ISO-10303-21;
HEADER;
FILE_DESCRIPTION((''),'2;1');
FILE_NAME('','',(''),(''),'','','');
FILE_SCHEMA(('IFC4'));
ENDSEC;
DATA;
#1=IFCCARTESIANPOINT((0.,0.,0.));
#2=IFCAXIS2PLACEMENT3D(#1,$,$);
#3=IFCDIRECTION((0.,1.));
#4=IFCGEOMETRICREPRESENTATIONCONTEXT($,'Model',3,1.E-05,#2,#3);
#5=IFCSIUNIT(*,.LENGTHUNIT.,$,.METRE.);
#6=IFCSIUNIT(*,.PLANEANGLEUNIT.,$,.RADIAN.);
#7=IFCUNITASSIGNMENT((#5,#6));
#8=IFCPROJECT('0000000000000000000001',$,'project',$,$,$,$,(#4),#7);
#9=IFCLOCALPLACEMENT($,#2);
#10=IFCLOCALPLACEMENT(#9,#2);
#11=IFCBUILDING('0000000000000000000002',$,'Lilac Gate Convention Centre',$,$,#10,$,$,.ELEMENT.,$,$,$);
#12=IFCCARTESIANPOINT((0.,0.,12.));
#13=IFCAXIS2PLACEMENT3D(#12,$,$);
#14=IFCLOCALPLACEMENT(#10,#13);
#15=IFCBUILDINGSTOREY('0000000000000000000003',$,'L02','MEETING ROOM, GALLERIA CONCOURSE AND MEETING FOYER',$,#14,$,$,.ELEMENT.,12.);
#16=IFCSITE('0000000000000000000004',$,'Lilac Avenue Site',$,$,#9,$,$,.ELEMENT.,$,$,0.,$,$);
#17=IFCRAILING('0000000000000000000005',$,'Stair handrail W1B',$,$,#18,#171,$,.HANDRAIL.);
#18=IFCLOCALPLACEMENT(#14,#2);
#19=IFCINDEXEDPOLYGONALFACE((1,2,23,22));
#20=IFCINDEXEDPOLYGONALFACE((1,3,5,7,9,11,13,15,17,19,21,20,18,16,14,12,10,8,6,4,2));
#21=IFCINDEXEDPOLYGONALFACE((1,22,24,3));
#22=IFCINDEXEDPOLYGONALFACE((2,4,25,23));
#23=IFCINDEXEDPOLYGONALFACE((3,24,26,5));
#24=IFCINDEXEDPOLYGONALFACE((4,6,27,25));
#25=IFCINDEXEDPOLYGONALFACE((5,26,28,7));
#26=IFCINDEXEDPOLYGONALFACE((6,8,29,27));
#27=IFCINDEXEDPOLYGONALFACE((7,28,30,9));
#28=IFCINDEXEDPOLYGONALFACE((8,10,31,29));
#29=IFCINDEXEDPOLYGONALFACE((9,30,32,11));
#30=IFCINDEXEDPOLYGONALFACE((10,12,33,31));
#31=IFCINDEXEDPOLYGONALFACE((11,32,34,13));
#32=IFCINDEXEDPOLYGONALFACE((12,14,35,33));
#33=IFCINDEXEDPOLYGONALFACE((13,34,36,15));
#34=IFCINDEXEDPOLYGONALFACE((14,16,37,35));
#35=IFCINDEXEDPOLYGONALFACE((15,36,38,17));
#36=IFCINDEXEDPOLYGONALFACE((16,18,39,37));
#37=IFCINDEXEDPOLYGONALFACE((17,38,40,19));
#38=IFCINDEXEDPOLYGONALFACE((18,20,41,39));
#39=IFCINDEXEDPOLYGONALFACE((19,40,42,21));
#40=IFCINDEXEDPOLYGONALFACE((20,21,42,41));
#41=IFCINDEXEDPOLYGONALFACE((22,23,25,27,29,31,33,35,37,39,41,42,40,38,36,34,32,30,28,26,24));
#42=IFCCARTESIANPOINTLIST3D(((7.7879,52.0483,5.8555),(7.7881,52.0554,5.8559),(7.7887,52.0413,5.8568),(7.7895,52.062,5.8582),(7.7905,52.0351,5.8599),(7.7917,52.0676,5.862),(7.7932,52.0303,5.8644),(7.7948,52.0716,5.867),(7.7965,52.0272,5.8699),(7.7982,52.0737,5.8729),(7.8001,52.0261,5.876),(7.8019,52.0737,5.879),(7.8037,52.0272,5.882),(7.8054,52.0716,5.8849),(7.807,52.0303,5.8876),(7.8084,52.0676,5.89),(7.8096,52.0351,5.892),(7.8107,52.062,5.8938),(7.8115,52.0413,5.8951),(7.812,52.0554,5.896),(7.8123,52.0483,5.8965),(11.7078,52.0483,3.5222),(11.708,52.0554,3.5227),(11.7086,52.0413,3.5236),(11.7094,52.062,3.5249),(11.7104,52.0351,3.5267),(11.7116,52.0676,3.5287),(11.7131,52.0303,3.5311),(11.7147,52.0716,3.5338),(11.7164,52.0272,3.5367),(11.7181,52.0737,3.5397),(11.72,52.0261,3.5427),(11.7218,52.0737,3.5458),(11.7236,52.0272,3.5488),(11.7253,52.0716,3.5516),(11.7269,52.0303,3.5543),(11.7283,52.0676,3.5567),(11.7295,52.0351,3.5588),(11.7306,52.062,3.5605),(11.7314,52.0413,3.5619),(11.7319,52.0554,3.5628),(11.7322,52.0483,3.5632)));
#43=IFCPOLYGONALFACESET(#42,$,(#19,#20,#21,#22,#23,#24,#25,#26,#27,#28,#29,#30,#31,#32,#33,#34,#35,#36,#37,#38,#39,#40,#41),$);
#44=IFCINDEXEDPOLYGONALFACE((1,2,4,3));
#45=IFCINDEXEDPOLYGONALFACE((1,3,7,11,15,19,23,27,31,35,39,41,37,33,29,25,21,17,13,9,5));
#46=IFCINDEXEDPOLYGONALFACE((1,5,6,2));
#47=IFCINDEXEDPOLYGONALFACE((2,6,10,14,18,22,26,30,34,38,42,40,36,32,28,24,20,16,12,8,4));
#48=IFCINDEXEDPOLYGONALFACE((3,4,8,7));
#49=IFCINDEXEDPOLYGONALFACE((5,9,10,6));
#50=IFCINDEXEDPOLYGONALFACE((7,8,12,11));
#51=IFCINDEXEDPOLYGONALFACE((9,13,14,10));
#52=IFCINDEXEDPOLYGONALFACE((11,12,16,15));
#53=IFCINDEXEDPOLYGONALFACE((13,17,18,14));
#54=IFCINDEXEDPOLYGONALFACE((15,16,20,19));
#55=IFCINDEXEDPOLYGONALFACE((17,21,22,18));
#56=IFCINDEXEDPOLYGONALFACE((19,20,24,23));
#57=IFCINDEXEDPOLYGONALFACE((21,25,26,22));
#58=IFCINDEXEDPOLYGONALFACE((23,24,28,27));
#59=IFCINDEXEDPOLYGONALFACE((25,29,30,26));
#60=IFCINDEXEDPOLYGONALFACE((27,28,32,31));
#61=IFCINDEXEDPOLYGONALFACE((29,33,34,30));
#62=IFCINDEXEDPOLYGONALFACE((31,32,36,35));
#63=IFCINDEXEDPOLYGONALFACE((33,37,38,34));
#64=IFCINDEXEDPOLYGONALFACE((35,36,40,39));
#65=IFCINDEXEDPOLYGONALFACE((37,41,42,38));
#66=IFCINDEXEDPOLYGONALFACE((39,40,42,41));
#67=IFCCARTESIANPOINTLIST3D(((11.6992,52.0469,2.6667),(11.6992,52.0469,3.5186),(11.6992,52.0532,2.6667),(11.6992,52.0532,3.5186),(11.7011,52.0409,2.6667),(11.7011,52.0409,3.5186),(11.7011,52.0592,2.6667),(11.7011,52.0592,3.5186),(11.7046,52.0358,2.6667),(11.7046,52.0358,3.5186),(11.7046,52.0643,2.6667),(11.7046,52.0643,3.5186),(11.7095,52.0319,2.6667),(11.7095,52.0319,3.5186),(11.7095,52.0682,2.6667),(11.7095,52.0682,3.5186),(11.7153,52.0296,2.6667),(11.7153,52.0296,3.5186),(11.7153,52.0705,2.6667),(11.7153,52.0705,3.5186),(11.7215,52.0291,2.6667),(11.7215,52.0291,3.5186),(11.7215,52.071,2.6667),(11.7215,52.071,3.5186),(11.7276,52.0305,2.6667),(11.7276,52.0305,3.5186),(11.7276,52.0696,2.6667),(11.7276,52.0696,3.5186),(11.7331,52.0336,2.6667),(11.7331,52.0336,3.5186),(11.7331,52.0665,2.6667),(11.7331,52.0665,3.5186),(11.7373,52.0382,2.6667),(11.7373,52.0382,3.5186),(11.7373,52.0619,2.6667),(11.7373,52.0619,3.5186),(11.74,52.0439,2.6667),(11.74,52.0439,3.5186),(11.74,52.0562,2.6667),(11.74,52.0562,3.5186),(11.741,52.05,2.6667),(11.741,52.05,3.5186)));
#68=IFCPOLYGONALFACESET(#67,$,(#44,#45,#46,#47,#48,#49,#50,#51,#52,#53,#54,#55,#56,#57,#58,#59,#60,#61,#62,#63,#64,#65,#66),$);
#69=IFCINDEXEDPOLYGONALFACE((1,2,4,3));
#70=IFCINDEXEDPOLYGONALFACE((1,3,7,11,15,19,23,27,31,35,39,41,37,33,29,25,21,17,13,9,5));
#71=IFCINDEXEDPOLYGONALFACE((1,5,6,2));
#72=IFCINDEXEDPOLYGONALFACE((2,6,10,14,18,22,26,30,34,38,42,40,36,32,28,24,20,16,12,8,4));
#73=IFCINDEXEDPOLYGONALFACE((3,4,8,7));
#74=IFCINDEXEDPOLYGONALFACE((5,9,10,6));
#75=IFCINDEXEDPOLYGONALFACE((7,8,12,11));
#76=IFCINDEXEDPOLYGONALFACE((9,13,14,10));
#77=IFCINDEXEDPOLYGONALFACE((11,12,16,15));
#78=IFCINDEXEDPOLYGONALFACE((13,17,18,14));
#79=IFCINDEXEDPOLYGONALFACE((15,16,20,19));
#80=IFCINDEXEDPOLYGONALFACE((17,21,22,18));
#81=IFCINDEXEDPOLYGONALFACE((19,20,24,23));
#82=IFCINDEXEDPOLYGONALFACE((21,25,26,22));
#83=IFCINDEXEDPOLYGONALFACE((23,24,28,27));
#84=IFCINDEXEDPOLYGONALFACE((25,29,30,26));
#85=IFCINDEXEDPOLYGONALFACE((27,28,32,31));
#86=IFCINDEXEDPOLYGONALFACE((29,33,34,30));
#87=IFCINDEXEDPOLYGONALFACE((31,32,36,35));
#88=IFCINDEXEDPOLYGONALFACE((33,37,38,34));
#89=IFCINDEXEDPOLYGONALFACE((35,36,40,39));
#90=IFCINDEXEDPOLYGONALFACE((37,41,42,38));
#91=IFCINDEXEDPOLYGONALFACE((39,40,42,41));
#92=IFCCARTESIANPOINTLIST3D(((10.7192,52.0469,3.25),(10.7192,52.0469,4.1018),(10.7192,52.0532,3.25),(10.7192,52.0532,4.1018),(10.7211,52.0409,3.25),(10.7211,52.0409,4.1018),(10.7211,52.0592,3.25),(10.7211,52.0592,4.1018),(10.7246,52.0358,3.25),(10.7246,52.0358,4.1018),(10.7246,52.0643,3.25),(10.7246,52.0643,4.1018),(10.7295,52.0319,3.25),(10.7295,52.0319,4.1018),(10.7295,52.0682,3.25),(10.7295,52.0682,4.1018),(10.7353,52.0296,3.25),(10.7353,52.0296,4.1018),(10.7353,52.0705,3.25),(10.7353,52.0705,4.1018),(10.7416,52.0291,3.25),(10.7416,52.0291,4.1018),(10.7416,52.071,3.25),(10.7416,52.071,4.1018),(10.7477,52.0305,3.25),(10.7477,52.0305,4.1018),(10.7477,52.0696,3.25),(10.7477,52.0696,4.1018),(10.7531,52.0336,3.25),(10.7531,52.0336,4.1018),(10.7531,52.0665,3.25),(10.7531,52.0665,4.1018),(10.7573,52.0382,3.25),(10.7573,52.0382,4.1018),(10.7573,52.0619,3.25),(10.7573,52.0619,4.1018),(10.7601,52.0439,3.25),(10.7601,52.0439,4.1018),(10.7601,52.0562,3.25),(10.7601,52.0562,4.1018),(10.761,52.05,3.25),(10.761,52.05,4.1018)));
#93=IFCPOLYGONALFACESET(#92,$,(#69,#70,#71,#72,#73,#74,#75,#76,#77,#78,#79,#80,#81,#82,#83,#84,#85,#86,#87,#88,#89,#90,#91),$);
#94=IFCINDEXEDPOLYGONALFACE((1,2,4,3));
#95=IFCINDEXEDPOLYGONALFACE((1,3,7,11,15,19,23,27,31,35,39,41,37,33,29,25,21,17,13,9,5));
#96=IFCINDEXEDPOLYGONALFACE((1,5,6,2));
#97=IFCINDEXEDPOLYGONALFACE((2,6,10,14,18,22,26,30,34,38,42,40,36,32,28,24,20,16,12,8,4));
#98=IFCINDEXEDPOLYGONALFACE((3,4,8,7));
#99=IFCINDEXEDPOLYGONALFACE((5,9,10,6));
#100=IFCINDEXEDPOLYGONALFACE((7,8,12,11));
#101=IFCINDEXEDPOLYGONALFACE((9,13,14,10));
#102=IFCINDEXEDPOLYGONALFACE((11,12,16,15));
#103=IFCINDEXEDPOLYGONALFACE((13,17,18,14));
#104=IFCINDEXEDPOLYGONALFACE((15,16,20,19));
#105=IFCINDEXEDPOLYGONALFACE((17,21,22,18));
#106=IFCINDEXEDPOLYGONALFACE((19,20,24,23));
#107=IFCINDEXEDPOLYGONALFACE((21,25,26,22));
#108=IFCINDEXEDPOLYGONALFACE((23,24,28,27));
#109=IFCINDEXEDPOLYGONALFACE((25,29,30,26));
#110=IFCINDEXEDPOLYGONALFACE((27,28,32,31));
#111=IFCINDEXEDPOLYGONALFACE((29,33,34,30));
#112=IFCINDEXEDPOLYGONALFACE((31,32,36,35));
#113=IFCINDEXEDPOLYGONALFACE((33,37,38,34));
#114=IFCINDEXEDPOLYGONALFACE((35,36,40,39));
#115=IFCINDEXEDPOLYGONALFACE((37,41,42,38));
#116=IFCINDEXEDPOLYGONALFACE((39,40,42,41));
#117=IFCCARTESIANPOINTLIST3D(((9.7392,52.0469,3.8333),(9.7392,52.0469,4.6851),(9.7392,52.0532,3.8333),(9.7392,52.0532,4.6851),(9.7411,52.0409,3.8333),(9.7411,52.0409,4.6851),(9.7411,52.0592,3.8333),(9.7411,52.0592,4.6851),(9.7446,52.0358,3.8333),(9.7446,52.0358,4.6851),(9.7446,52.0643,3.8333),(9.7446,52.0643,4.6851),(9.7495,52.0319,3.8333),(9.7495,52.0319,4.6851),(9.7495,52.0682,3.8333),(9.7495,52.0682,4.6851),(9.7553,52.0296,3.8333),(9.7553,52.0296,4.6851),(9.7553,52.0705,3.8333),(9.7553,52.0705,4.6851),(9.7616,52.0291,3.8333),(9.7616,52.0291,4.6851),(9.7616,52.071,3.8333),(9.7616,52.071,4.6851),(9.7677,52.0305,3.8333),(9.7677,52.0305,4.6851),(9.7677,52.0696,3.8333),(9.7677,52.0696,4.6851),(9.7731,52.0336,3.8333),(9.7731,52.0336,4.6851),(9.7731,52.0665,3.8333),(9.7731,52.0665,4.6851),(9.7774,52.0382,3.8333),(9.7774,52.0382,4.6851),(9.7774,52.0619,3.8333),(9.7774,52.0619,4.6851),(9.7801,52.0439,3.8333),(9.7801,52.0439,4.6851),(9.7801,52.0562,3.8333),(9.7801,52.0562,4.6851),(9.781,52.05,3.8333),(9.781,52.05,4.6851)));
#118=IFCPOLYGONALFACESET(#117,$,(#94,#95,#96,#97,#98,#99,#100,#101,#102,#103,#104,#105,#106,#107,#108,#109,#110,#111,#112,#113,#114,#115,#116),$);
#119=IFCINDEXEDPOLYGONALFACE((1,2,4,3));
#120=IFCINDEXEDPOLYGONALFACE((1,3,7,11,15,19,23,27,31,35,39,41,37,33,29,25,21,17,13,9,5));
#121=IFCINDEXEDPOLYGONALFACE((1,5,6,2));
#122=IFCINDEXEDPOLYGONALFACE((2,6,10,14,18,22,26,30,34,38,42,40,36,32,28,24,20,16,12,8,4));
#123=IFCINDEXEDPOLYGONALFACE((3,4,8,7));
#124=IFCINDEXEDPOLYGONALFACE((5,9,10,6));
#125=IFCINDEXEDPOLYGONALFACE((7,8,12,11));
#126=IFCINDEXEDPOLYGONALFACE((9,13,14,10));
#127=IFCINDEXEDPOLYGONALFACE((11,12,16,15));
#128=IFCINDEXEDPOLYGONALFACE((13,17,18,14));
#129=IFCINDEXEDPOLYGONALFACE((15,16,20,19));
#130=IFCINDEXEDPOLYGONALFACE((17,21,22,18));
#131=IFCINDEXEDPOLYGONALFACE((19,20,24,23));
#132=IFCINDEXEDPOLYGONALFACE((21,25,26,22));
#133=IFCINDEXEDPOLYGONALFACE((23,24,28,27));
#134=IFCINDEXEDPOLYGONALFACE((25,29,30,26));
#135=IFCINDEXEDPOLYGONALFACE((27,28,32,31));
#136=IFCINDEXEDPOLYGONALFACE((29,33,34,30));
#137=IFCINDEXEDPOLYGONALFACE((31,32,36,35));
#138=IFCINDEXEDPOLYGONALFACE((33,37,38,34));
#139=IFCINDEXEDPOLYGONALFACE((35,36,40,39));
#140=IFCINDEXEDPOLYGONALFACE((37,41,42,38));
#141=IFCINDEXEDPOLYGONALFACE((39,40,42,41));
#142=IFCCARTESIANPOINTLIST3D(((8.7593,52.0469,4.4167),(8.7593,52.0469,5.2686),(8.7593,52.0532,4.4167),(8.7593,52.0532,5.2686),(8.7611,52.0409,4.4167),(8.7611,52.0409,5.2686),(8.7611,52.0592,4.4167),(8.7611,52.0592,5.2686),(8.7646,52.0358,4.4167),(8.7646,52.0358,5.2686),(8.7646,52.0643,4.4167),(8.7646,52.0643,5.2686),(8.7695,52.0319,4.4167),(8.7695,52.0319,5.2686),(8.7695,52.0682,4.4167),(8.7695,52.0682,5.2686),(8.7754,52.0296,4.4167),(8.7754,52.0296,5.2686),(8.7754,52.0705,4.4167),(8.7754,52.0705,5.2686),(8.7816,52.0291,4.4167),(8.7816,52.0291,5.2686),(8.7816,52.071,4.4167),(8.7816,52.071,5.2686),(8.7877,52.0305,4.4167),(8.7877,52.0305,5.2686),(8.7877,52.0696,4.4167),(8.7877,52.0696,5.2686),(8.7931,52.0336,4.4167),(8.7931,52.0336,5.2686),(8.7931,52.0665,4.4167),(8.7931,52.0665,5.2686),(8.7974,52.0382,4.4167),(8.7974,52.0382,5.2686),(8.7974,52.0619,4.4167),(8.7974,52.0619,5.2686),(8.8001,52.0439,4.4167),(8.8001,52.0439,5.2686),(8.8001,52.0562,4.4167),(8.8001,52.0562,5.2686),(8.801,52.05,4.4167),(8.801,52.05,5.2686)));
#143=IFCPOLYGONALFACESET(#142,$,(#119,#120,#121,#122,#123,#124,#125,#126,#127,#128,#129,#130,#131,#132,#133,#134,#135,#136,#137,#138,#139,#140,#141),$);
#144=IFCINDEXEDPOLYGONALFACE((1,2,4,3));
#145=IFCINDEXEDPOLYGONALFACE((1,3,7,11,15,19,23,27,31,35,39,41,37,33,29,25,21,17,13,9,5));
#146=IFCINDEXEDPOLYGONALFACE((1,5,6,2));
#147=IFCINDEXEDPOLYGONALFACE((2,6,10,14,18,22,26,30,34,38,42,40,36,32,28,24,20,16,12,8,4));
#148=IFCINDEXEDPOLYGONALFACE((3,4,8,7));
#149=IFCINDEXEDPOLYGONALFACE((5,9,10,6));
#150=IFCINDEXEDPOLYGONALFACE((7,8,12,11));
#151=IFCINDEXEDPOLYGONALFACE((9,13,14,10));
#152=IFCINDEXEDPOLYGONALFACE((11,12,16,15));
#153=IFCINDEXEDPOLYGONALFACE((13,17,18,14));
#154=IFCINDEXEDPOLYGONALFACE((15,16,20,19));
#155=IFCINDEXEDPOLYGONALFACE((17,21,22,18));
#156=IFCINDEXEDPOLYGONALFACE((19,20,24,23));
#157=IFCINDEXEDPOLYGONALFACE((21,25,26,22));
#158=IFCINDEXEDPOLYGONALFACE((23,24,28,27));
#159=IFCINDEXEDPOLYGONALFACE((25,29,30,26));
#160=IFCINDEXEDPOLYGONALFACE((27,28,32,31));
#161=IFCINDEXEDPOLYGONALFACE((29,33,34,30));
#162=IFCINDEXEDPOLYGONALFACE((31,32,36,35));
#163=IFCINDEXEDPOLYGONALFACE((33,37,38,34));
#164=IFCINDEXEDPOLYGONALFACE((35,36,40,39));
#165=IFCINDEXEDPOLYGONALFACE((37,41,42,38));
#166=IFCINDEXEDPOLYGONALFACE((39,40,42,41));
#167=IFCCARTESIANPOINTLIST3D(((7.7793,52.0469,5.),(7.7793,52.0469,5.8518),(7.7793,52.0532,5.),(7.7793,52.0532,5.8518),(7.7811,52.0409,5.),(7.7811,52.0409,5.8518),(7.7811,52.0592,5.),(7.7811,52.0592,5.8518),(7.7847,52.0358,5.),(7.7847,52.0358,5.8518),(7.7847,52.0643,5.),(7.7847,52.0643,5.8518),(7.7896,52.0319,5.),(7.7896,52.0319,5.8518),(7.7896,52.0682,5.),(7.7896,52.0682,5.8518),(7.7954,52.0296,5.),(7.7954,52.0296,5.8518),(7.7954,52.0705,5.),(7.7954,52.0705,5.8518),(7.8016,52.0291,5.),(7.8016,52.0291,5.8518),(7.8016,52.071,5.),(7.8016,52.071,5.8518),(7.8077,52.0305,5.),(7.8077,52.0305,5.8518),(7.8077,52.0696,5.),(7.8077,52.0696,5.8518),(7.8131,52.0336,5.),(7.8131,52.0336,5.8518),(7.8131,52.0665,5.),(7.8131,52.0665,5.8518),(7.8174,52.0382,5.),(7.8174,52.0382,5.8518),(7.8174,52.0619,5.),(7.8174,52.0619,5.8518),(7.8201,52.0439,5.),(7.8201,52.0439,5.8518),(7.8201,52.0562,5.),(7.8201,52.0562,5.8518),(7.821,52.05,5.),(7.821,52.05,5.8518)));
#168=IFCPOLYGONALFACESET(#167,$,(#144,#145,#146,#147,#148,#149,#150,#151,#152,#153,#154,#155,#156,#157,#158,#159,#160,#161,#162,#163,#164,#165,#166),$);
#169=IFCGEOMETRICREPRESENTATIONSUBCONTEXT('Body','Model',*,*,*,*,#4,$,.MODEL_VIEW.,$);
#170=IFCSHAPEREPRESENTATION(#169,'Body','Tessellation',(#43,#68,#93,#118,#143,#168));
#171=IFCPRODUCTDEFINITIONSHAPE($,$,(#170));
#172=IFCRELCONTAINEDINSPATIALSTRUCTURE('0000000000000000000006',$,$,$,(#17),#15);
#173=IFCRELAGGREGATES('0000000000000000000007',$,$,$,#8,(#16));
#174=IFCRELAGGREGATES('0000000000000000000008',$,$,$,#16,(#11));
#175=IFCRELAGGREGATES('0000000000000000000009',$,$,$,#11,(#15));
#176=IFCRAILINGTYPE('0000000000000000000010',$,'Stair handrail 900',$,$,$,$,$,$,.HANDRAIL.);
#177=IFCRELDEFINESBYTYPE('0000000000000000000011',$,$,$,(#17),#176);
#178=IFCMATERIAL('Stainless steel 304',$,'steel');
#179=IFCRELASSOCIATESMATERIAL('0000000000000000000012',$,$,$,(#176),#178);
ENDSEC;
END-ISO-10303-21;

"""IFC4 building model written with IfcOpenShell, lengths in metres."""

from ifc_helpers import new_model, si_unit, direction, frame, origin, origin_2d, place, context, subcontext, project, spatial, circle, extrude, material, type_object, element, save


model = new_model("IFC4")

# Units and contexts
model_context = context("Model", 3, precision=1e-05, world=origin(), true_north=direction((0.0, 1.0)))
body_context = subcontext(model_context, "Body", "Model", "MODEL_VIEW")
ifc_project = project(units=[si_unit("LENGTHUNIT", "METRE"), si_unit("PLANEANGLEUNIT", "RADIAN")], contexts=[model_context])

# Site, building, storey
site_placement = place(None, origin())
site = spatial("IfcSite", under=ifc_project, at=site_placement, Name="Lilac Avenue Site", CompositionType="ELEMENT", RefElevation=0.0)
building_placement = place(site_placement, origin())
building = spatial("IfcBuilding", under=site, at=building_placement, Name="Lilac Gate Convention Centre", CompositionType="ELEMENT")
storey_placement = place(building_placement, frame((0.0, 0.0, 12.0)))
storey = spatial("IfcBuildingStorey", under=building, at=storey_placement, Name="L02", Description="MEETING ROOM, GALLERIA CONCOURSE AND MEETING FOYER", CompositionType="ELEMENT", Elevation=12.0)

# Railing
ifc_material_1 = material(Name="Stainless steel 304", Category="steel")
railing_type = type_object("IfcRailingType", Name="Stair handrail 900", PredefinedType="HANDRAIL", material=ifc_material_1)
for number, where, name in (
    (1, (11.72, 52.05, 2.6667), "Stair handrail W1B"),
):
    element("IfcRailing", number, at=place(storey_placement, frame(where)), inside=storey, type_object=railing_type, Name=name, PredefinedType="HANDRAIL", context=body_context, shape_type="SweptSolid", body=[
        extrude(circle(Radius=0.0239, at=origin_2d()), frame((0.0, 0.0, 0.876), z_axis=(-0.859296, 0.0, 0.511478), x_axis=(0.0, -1.0, 0.0)), (0.0, 0.0, 1.0), 4.5618),
        extrude(circle(Radius=0.021, at=origin_2d()), origin(), (0.0, 0.0, 1.0), 0.8518),
        extrude(circle(Radius=0.021, at=origin_2d()), frame((-0.98, 0.0, 0.5833)), (0.0, 0.0, 1.0), 0.8518),
        extrude(circle(Radius=0.021, at=origin_2d()), frame((-1.96, 0.0, 1.1665)), (0.0, 0.0, 1.0), 0.8518),
        extrude(circle(Radius=0.021, at=origin_2d()), frame((-2.9399, 0.0, 1.75)), (0.0, 0.0, 1.0), 0.8518),
        extrude(circle(Radius=0.021, at=origin_2d()), frame((-3.9199, 0.0, 2.3333)), (0.0, 0.0, 1.0), 0.8518),
    ])

save(model, "model.ifc")
